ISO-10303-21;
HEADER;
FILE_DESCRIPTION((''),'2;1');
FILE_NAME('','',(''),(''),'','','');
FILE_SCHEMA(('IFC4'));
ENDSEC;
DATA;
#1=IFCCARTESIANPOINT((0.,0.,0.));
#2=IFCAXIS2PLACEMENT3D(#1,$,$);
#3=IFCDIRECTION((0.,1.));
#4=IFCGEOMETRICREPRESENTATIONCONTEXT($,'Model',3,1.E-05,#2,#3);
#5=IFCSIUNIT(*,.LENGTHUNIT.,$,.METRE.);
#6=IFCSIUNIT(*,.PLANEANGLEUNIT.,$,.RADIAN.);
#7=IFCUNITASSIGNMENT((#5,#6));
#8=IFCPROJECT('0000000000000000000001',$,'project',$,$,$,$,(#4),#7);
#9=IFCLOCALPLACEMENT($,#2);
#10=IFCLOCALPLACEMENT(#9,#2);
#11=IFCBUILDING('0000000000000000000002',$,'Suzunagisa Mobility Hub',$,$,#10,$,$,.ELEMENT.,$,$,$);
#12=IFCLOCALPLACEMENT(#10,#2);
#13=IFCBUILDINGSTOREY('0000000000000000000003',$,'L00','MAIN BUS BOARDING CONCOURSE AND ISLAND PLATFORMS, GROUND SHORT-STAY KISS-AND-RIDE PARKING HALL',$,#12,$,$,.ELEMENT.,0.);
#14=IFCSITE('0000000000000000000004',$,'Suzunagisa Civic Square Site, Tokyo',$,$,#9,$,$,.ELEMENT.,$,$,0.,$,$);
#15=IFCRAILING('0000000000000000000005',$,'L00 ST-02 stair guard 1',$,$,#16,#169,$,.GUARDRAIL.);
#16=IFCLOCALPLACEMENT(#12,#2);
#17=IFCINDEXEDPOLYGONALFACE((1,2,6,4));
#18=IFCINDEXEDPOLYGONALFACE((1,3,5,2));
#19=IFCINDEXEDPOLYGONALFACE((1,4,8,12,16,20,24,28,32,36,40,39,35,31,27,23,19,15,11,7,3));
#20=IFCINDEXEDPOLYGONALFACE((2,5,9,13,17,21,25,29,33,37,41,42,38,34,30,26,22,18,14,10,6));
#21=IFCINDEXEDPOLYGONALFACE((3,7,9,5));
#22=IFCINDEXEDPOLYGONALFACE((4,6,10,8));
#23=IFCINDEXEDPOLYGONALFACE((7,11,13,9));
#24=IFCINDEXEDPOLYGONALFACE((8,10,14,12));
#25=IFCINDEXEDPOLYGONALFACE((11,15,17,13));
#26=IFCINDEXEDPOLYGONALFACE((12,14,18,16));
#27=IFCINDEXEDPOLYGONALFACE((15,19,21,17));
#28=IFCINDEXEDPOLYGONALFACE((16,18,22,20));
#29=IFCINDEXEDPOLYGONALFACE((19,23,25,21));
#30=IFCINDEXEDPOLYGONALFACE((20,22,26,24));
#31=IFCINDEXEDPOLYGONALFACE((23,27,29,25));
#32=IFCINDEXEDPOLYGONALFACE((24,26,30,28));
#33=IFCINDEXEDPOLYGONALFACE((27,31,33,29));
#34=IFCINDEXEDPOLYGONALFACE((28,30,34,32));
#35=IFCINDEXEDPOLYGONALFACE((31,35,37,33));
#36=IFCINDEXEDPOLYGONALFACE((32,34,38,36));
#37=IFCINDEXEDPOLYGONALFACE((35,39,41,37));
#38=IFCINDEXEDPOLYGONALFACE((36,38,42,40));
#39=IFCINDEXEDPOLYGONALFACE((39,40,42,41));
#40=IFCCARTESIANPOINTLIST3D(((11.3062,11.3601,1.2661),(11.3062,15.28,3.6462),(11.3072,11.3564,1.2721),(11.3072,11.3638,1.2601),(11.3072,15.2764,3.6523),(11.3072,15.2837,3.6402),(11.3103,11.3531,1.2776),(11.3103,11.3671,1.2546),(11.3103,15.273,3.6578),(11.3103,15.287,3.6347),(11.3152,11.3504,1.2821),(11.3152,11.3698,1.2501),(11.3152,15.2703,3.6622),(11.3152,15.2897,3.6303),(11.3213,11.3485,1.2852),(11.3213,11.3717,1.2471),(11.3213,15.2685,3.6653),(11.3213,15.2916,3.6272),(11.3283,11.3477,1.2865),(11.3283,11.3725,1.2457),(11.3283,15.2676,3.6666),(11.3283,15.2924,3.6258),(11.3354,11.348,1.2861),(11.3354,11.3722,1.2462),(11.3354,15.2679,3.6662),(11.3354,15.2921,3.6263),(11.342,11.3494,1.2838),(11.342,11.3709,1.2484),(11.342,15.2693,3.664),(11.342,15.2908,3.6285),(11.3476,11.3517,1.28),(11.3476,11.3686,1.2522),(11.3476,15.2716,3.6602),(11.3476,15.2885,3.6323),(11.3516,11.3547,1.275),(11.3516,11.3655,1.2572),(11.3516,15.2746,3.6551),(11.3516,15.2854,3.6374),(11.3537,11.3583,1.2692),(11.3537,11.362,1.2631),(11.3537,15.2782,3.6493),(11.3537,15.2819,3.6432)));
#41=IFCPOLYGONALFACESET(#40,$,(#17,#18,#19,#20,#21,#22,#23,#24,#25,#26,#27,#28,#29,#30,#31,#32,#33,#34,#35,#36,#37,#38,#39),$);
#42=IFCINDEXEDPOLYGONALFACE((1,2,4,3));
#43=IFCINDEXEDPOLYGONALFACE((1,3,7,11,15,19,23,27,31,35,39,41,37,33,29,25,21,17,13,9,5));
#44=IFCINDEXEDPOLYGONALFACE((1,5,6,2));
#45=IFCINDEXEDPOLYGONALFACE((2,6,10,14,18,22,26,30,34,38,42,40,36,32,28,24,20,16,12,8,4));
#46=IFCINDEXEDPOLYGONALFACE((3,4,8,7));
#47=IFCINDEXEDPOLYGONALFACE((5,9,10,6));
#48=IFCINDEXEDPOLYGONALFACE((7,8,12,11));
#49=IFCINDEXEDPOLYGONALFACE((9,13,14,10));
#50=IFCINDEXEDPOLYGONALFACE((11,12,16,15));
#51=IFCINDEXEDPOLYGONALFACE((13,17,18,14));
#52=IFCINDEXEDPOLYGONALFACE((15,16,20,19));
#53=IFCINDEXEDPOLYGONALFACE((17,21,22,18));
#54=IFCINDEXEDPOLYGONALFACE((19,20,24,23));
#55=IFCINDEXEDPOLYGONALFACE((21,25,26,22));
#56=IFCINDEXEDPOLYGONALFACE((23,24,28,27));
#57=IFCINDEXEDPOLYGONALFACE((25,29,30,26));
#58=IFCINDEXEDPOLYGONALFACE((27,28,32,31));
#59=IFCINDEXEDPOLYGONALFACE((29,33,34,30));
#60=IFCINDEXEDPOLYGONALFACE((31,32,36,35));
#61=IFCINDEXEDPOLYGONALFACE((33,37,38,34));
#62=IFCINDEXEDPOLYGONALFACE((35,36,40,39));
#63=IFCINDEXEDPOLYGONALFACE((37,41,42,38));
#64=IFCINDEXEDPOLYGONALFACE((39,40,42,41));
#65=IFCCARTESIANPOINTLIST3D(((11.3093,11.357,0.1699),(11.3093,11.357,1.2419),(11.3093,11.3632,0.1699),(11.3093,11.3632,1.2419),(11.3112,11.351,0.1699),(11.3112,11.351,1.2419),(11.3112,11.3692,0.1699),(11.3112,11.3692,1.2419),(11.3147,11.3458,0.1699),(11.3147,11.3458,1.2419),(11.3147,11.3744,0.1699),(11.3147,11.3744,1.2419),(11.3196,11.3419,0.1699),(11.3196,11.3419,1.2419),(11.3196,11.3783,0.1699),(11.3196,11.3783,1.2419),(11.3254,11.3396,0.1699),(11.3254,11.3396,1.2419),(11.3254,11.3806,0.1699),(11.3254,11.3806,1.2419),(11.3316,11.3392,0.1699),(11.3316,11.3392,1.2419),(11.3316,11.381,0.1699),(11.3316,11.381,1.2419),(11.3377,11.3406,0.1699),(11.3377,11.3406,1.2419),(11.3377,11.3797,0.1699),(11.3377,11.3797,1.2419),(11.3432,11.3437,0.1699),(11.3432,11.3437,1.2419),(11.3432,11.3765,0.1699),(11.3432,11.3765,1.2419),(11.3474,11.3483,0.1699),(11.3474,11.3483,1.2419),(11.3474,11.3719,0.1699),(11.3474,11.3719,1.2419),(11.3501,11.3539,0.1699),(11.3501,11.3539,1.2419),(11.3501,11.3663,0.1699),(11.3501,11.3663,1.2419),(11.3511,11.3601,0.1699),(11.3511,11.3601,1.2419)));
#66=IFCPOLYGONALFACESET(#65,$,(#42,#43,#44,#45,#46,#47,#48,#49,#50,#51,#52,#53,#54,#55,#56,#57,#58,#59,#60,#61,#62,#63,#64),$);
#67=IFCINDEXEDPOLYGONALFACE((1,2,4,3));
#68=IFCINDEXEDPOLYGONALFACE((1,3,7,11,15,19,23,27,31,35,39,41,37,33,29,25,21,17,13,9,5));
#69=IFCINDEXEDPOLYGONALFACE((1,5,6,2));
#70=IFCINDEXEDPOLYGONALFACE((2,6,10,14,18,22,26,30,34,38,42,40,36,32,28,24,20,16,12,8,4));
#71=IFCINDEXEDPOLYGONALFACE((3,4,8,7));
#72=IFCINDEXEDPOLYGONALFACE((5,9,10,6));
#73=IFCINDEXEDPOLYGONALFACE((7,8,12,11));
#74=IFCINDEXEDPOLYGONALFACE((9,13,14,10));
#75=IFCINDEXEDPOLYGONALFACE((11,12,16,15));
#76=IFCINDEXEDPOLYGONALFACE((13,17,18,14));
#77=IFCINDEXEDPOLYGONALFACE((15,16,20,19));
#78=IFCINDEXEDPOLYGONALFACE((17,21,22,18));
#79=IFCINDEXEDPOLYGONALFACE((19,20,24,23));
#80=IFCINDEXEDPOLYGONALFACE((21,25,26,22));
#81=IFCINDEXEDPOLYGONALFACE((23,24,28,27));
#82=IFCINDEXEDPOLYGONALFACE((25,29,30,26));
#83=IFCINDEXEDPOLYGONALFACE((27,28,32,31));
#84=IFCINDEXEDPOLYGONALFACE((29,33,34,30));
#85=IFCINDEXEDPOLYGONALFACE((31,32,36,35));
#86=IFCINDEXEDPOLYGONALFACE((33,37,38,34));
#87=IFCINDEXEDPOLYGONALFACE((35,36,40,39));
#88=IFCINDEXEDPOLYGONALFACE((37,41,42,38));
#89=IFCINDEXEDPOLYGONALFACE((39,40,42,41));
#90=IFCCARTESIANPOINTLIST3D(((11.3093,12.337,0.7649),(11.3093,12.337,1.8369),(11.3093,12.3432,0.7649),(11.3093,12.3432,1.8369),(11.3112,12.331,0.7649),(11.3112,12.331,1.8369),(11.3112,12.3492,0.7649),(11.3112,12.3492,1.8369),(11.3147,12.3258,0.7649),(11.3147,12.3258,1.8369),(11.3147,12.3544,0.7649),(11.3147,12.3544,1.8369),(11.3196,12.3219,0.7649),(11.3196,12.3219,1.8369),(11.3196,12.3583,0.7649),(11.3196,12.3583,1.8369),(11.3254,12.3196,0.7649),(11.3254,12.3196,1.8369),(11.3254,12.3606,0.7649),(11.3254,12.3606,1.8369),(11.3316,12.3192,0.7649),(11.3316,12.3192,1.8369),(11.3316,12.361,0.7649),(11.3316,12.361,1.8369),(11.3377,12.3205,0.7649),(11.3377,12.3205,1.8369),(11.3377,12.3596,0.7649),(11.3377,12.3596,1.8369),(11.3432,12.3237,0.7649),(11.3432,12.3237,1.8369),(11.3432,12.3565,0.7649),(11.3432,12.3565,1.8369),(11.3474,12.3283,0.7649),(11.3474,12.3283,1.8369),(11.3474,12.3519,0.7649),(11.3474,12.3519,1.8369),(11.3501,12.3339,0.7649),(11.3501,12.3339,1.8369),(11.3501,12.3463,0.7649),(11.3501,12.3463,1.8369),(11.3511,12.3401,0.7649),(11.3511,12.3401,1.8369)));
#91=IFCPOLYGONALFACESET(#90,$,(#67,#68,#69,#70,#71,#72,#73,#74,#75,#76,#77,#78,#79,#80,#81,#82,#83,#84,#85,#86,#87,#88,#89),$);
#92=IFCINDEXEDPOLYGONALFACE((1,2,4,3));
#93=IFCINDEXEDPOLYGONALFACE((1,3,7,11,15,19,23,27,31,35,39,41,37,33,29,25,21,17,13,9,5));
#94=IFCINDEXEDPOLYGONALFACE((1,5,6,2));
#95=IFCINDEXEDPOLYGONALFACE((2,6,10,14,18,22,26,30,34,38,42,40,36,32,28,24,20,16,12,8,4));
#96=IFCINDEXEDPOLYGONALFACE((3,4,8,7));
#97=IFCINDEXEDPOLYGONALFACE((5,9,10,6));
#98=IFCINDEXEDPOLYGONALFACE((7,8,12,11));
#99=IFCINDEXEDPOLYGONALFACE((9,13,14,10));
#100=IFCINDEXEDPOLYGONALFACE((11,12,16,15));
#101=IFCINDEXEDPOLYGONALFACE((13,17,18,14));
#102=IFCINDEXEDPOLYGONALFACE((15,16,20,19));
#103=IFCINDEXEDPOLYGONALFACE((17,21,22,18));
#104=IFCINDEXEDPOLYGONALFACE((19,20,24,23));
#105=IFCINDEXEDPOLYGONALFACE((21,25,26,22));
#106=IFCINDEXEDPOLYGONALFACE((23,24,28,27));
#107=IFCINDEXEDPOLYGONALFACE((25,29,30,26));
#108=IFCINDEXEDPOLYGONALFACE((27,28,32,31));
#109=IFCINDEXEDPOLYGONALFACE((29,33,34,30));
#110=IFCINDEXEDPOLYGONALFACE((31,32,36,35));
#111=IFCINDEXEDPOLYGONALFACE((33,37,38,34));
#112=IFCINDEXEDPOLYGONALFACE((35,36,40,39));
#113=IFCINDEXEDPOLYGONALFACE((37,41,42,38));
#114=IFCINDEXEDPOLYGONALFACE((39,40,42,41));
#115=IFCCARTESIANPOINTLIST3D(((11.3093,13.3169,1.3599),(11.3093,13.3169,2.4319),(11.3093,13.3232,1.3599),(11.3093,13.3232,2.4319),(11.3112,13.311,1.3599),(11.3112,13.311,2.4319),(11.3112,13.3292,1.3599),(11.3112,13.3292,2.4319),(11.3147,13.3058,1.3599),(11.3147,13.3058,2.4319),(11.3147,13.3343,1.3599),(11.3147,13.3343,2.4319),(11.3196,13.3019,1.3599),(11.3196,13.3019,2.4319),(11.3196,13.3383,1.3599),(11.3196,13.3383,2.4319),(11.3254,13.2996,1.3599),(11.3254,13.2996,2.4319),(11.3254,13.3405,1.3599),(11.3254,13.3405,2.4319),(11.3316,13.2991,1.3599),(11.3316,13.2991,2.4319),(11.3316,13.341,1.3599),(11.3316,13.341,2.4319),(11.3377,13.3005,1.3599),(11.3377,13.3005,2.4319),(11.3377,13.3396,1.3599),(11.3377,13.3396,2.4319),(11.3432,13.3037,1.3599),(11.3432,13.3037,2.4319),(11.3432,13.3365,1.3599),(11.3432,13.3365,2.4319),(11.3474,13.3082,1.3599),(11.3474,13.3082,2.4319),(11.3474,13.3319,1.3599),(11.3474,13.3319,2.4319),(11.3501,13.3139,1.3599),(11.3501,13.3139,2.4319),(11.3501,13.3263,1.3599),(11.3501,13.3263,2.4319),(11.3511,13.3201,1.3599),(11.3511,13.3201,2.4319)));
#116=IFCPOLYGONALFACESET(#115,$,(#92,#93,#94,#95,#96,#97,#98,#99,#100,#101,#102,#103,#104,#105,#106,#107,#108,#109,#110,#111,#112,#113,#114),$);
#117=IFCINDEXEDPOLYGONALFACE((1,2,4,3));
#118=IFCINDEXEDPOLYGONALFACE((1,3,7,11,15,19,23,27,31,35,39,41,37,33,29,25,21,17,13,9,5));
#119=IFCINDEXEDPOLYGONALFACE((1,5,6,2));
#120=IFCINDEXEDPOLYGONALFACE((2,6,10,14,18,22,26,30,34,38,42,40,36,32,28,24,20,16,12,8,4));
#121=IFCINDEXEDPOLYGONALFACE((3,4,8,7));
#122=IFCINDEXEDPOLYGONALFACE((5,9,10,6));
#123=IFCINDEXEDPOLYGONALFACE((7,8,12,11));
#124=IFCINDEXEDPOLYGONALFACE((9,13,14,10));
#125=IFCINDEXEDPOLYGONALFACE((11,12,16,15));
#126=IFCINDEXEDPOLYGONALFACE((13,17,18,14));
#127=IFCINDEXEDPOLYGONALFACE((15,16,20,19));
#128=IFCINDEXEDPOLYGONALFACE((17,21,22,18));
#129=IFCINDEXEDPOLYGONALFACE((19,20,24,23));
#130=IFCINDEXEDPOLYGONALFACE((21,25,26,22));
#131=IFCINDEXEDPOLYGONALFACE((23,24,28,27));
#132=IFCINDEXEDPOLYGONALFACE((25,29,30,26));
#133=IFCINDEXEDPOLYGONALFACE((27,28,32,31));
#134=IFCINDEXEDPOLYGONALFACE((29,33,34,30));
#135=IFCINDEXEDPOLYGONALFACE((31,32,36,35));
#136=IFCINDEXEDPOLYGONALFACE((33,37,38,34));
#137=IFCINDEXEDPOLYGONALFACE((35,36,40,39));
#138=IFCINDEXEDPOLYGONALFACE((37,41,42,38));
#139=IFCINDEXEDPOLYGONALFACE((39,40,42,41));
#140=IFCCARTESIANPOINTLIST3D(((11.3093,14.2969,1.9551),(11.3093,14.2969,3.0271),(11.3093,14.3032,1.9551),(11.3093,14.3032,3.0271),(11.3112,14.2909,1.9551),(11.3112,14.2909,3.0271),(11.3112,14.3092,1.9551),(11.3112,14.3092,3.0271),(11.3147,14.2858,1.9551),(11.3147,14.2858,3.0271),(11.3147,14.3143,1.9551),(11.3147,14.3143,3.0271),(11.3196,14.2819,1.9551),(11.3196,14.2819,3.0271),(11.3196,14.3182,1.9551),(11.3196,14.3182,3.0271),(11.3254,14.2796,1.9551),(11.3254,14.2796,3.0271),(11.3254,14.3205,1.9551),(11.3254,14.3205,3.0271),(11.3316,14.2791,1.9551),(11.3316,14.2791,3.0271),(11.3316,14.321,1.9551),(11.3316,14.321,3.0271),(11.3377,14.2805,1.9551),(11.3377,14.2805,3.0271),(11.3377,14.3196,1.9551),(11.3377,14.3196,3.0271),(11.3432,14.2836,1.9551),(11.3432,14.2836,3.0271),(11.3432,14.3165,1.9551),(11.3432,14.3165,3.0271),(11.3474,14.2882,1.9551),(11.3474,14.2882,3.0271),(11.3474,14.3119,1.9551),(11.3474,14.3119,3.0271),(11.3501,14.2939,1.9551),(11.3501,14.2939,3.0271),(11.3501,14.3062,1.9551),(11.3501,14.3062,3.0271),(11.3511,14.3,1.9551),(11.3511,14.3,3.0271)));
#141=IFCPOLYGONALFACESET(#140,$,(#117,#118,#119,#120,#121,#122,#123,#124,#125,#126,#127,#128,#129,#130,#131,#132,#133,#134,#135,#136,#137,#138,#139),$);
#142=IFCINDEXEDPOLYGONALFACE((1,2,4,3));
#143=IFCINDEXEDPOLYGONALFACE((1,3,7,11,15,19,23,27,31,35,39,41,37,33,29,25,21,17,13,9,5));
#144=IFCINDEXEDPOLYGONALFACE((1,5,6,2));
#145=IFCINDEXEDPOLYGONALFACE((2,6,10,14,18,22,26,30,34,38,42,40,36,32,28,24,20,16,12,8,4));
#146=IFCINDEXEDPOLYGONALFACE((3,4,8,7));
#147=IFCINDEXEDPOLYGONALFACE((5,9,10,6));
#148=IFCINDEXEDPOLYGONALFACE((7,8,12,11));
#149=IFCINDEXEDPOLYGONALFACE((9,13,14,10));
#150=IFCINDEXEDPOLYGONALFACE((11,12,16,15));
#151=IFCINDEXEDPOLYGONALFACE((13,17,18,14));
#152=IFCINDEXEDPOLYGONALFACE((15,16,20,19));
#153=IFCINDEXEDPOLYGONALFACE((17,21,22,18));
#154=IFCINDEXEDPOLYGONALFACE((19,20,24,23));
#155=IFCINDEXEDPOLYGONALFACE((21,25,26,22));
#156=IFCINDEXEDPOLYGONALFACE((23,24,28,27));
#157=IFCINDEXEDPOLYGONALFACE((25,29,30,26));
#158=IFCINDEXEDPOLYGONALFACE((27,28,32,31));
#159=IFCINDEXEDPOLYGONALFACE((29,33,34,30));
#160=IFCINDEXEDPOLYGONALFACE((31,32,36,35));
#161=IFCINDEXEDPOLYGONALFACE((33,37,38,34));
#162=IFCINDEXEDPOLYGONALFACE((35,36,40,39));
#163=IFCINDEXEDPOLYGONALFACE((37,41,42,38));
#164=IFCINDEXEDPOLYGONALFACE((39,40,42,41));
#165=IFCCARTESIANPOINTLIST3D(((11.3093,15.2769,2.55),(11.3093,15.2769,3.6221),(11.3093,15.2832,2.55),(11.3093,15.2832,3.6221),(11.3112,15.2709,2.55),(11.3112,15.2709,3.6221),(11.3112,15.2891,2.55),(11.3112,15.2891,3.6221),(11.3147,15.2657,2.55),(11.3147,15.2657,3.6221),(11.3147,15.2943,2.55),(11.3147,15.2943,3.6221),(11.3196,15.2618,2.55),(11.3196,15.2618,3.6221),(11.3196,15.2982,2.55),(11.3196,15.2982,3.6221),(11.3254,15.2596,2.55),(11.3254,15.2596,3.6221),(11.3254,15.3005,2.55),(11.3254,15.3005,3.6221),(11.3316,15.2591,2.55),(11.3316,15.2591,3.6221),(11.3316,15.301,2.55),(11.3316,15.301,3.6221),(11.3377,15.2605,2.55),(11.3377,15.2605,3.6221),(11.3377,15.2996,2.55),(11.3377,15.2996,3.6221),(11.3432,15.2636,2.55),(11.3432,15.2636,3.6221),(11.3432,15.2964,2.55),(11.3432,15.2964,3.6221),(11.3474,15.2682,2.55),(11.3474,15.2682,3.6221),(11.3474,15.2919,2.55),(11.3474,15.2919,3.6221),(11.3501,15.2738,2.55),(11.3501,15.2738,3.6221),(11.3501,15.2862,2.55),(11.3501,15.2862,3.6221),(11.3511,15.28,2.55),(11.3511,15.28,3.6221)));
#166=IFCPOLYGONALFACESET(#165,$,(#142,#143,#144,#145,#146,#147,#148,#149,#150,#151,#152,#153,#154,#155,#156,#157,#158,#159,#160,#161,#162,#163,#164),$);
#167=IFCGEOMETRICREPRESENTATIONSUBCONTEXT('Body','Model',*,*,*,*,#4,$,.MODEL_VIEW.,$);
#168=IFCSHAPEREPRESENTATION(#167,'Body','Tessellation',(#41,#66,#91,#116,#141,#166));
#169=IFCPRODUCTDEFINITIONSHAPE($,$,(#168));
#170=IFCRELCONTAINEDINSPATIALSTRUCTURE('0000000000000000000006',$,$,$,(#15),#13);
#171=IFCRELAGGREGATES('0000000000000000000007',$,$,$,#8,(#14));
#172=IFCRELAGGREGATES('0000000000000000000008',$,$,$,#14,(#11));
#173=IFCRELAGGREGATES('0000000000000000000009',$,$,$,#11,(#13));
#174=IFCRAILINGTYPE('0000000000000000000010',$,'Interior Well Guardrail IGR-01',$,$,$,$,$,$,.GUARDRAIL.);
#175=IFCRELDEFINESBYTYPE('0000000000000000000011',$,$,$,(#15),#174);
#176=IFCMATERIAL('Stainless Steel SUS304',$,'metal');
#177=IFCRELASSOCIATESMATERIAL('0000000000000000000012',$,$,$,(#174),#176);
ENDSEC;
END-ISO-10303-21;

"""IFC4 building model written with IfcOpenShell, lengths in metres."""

from ifc_helpers import new_model, si_unit, direction, frame, origin, origin_2d, place, context, subcontext, project, spatial, circle, extrude, material, type_object, element, save


model = new_model("IFC4")

# Units and contexts
model_context = context("Model", 3, precision=1e-05, world=origin(), true_north=direction((0.0, 1.0)))
body_context = subcontext(model_context, "Body", "Model", "MODEL_VIEW")
ifc_project = project(units=[si_unit("LENGTHUNIT", "METRE"), si_unit("PLANEANGLEUNIT", "RADIAN")], contexts=[model_context])

# Site, building, storey
site_placement = place(None, origin())
site = spatial("IfcSite", under=ifc_project, at=site_placement, Name="Suzunagisa Civic Square Site, Tokyo", CompositionType="ELEMENT", RefElevation=0.0)
building_placement = place(site_placement, origin())
building = spatial("IfcBuilding", under=site, at=building_placement, Name="Suzunagisa Mobility Hub", CompositionType="ELEMENT")
storey_placement = place(building_placement, origin())
storey = spatial("IfcBuildingStorey", under=building, at=storey_placement, Name="L00", Description="MAIN BUS BOARDING CONCOURSE AND ISLAND PLATFORMS, GROUND SHORT-STAY KISS-AND-RIDE PARKING HALL", CompositionType="ELEMENT", Elevation=0.0)

# Railing
ifc_material_1 = material(Name="Stainless Steel SUS304", Category="metal")
railing_type_1 = type_object("IfcRailingType", Name="Interior Well Guardrail IGR-01", PredefinedType="GUARDRAIL", material=ifc_material_1)
railing_1_placement = place(storey_placement, frame((11.3301, 11.3601, 0.1699)))
element("IfcRailing", 1, at=railing_1_placement, inside=storey, type_object=railing_type_1, Name="L00 ST-02 stair guard 1", PredefinedType="GUARDRAIL", context=body_context, shape_type="SweptSolid", body=[
    extrude(circle(Radius=0.0239, at=origin_2d()), frame((0.0, 0.0, 1.0962), z_axis=(0.0, 0.854771, 0.519006), x_axis=(-1.0, 0.0, 0.0)), (0.0, 0.0, 1.0), 4.5859),
    extrude(circle(Radius=0.021, at=origin_2d()), origin(), (0.0, 0.0, 1.0), 1.072),
    extrude(circle(Radius=0.021, at=origin_2d()), frame((0.0, 0.98, 0.595)), (0.0, 0.0, 1.0), 1.072),
    extrude(circle(Radius=0.021, at=origin_2d()), frame((0.0, 1.96, 1.1899)), (0.0, 0.0, 1.0), 1.072),
    extrude(circle(Radius=0.021, at=origin_2d()), frame((0.0, 2.9399, 1.7852)), (0.0, 0.0, 1.0), 1.072),
    extrude(circle(Radius=0.021, at=origin_2d()), frame((0.0, 3.9199, 2.3801)), (0.0, 0.0, 1.0), 1.072),
])

save(model, "model.ifc")
